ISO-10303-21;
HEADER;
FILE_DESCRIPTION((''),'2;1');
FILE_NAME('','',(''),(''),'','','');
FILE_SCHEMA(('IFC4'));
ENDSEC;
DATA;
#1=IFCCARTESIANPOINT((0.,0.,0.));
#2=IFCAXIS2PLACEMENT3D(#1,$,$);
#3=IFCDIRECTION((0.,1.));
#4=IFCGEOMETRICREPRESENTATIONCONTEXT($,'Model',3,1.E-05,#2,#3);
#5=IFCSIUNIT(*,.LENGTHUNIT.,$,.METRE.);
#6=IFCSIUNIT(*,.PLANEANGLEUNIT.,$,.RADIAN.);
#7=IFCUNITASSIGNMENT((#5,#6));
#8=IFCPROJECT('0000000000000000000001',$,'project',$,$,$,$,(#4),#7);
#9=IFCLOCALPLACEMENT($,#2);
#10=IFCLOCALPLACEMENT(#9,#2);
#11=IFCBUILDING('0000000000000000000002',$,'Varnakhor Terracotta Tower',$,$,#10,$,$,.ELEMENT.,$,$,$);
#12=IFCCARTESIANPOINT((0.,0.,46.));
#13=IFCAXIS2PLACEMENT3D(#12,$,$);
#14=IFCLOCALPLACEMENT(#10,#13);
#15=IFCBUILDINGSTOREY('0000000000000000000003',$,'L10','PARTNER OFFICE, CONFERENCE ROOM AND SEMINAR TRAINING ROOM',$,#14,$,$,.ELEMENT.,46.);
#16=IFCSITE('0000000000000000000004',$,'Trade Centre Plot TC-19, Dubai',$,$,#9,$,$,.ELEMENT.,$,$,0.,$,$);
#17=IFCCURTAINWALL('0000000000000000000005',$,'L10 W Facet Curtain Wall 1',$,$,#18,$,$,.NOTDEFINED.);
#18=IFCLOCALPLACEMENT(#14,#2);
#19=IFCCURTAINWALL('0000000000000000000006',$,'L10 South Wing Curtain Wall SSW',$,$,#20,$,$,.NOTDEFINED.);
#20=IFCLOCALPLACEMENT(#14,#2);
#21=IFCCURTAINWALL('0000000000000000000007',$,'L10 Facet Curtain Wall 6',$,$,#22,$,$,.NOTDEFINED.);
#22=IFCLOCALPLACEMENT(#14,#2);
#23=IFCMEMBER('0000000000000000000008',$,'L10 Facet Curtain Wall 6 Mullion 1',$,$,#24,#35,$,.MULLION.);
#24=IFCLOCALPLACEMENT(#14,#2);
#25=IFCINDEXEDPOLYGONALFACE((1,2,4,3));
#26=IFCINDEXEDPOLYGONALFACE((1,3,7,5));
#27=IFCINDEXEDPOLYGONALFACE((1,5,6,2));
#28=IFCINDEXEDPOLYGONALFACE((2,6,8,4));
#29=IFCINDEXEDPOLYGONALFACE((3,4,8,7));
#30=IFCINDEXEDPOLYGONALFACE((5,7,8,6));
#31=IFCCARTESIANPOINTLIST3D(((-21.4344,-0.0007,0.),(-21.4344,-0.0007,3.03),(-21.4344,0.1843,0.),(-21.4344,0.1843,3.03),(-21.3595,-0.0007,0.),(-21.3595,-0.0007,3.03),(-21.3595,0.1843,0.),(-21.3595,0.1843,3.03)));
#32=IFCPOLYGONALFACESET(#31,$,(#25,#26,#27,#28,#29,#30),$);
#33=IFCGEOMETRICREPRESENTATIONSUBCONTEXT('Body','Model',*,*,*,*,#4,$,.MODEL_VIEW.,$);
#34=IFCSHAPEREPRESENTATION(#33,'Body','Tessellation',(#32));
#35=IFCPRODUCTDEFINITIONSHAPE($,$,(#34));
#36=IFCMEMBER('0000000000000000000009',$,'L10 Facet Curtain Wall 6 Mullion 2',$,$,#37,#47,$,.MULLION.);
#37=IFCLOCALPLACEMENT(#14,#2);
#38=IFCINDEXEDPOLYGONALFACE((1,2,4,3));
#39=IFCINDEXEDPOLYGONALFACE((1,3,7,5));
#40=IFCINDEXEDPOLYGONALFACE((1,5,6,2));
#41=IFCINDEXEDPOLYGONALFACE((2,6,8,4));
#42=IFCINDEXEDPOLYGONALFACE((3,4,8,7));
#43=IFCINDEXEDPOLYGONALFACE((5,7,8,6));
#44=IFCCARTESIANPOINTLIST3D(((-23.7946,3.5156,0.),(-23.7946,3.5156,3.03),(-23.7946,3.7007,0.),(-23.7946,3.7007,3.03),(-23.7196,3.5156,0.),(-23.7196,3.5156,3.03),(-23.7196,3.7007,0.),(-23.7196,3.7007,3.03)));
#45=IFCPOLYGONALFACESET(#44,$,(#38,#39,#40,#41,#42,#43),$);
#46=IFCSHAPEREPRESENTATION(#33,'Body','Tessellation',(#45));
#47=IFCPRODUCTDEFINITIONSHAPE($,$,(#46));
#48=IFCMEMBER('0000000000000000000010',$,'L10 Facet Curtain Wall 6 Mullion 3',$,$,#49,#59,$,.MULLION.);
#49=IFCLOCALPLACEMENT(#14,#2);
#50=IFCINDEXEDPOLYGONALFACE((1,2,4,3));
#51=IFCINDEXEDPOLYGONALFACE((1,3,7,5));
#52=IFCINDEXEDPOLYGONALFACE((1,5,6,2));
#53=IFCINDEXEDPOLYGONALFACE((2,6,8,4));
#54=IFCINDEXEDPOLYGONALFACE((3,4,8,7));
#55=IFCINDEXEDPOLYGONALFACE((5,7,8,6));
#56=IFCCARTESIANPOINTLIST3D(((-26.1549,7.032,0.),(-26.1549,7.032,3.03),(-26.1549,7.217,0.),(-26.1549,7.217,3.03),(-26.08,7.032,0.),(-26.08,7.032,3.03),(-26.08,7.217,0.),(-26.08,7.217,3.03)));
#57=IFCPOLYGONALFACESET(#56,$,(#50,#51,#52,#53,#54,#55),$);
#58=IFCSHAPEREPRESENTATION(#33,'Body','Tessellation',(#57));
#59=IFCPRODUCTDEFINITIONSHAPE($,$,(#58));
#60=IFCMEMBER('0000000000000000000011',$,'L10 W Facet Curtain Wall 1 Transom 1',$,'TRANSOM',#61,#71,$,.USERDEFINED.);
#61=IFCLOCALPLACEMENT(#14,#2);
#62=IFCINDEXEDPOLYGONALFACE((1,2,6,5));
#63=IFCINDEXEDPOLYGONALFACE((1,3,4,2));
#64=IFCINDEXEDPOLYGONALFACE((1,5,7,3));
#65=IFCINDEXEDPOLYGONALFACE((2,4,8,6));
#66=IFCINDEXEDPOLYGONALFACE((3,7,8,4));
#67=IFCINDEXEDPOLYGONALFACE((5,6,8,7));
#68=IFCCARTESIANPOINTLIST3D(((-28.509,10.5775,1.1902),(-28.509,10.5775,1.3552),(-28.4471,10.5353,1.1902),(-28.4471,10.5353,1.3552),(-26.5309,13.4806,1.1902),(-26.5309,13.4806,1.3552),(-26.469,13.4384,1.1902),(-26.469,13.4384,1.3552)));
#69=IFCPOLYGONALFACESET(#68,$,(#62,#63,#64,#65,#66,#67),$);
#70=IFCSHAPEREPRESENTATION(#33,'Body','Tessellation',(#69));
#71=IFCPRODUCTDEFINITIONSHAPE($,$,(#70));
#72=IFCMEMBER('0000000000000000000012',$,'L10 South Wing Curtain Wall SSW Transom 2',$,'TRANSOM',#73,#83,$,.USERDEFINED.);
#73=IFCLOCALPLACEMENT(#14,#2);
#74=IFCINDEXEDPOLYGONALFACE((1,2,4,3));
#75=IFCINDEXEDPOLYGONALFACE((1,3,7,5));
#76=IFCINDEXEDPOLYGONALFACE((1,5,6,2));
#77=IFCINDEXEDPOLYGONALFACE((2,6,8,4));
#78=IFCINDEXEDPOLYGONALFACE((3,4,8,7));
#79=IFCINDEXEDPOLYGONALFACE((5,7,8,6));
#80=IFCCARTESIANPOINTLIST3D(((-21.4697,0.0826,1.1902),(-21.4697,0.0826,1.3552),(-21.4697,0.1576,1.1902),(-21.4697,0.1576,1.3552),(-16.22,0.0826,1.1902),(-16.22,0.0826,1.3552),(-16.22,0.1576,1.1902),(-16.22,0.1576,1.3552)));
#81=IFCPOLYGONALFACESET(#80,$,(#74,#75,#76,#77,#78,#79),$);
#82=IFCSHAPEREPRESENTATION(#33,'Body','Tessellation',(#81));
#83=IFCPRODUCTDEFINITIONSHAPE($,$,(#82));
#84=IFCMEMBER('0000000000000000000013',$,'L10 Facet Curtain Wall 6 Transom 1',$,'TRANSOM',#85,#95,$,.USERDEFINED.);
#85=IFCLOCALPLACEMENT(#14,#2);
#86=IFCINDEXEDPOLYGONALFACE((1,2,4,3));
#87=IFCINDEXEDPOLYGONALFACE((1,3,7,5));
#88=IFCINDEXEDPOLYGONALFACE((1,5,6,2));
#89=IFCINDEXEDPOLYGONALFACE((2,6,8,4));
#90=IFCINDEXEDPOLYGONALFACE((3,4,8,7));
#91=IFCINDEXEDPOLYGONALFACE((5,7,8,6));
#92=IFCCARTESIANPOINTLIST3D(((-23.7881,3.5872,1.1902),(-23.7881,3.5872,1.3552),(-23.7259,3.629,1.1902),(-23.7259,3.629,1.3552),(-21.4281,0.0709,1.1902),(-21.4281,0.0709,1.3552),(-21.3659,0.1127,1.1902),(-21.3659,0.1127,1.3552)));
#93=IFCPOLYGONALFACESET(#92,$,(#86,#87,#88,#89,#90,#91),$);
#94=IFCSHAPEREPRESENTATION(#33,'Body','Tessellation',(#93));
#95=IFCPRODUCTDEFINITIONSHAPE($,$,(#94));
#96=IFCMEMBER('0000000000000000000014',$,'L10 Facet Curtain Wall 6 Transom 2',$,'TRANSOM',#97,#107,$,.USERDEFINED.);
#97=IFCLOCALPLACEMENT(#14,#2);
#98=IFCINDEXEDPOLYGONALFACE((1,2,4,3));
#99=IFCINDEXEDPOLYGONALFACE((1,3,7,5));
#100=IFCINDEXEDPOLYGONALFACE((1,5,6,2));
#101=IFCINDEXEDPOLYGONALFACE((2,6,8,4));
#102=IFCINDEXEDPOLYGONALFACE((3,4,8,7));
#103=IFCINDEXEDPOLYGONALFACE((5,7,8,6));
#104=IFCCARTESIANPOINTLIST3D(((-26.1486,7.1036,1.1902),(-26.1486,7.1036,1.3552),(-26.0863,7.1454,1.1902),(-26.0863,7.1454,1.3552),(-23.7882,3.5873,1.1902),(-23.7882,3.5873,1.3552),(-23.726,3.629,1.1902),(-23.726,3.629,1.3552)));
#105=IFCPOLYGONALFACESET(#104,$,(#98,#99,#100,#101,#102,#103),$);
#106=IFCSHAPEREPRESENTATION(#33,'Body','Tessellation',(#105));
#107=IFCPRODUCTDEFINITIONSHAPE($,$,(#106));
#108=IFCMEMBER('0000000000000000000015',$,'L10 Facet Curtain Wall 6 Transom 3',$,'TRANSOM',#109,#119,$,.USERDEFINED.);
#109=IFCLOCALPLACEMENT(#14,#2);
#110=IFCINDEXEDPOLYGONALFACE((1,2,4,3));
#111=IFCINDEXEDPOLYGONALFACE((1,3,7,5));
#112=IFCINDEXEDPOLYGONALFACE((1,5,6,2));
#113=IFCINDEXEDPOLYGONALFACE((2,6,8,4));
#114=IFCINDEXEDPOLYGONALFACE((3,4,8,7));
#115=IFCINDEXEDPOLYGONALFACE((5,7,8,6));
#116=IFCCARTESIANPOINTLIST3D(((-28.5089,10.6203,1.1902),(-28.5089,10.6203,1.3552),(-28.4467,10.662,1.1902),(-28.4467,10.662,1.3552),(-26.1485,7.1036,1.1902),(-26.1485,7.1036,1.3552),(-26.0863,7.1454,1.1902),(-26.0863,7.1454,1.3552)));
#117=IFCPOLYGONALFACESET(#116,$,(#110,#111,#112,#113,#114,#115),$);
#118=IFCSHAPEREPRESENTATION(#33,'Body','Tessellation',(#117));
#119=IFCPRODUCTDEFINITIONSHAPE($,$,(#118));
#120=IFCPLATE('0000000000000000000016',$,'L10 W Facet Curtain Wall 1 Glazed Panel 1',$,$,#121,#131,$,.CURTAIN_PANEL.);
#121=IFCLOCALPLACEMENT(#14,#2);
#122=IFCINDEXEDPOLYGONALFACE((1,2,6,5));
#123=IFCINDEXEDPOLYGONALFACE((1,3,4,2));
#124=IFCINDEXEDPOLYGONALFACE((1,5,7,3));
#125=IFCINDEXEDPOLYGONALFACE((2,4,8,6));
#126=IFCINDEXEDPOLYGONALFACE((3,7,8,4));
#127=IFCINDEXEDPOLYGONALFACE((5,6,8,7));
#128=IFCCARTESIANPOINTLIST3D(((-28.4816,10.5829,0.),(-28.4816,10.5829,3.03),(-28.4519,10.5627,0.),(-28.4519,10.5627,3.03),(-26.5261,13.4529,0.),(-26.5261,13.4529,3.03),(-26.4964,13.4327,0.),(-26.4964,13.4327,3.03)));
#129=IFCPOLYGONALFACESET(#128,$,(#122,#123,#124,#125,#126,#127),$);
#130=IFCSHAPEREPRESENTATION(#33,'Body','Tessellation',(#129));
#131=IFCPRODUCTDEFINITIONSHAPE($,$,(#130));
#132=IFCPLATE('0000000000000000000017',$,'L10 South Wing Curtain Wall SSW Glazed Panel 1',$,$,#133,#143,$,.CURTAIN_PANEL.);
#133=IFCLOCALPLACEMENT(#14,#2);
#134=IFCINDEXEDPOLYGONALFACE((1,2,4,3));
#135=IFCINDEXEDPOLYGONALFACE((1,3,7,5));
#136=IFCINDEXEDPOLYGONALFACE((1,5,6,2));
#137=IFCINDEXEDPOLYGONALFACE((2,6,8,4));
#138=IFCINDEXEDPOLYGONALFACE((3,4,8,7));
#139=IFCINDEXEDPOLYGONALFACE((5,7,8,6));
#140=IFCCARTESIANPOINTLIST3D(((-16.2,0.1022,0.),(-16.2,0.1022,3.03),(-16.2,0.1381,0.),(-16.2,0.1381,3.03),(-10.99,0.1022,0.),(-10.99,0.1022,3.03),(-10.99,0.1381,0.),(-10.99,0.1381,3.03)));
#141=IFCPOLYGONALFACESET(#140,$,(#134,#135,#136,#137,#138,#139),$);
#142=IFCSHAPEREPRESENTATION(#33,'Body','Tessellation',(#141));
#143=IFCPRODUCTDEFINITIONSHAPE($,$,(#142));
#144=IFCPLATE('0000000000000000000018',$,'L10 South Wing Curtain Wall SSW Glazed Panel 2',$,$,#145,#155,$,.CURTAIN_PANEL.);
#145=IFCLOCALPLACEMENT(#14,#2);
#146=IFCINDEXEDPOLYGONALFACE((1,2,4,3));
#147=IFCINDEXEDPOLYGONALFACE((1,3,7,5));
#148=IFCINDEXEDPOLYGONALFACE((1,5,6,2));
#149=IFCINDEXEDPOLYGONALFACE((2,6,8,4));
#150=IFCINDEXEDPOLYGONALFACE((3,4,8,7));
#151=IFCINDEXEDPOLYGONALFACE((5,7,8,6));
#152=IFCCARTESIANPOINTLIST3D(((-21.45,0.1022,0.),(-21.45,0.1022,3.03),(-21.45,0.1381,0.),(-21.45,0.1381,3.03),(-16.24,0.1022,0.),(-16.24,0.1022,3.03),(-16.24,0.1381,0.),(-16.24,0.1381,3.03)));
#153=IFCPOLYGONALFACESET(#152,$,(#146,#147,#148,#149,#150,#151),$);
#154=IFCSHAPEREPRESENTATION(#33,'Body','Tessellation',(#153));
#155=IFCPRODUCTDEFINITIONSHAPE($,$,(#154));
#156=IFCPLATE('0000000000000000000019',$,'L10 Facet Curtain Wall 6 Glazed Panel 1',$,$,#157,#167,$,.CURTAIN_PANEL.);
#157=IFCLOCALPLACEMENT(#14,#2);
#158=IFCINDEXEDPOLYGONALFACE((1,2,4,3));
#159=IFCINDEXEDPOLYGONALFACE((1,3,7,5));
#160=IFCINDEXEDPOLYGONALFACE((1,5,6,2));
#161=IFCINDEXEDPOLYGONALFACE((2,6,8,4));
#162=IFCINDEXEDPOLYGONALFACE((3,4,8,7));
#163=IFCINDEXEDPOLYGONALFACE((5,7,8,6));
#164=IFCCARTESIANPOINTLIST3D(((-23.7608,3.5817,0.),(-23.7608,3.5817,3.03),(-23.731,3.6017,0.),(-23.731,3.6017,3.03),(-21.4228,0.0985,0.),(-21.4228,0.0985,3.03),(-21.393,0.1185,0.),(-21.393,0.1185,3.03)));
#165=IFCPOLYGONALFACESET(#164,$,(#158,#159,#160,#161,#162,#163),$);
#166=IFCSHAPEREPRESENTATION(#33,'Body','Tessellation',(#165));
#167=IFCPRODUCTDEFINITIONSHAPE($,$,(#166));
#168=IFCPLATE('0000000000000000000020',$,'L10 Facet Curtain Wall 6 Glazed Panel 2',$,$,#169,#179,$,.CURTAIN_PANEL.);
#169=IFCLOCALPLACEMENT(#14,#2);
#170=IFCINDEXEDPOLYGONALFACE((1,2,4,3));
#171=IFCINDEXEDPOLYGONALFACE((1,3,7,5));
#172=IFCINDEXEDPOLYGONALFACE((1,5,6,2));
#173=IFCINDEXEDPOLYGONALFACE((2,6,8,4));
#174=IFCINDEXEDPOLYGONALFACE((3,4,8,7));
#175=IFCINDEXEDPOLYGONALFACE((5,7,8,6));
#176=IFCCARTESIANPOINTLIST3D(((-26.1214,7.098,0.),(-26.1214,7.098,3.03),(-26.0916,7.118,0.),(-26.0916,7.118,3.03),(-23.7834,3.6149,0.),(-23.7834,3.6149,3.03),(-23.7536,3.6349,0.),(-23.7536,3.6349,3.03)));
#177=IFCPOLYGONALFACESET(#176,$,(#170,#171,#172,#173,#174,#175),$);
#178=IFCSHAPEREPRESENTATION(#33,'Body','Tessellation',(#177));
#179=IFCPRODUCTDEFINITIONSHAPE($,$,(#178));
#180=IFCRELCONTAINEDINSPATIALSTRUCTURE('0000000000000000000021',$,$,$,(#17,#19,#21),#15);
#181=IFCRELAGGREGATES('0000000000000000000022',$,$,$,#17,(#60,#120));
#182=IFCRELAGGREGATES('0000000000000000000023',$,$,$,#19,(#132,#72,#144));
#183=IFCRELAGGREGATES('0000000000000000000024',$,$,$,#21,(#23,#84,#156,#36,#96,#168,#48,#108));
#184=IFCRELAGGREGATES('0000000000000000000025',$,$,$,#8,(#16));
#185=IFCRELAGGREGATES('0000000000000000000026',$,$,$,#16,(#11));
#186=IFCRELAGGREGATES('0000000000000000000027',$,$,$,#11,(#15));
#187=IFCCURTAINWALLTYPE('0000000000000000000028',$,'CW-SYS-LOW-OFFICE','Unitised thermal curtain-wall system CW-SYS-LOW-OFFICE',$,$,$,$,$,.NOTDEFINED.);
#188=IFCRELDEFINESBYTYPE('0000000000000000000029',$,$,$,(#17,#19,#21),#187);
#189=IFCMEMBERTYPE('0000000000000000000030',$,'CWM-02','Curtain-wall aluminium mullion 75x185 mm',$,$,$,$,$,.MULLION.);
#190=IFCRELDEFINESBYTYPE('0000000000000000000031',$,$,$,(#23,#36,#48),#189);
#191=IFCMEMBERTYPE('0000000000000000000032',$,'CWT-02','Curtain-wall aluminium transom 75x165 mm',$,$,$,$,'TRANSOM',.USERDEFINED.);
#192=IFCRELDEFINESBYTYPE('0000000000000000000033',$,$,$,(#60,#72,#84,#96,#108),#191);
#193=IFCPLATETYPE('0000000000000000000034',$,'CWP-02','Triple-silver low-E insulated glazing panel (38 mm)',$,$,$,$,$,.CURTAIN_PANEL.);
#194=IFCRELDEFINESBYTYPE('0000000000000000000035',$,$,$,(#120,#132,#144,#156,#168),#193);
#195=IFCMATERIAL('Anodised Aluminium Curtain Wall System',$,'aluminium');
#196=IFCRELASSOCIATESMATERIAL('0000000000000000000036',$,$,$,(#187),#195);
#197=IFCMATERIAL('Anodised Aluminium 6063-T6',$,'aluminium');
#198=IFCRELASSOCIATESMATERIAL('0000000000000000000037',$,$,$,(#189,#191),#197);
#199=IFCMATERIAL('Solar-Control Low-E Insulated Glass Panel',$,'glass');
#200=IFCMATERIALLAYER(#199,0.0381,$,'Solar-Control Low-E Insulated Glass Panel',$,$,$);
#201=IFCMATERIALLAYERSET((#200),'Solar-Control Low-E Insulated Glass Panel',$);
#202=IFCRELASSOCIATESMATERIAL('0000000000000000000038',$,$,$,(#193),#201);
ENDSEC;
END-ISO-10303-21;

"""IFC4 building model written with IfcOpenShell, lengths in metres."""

from ifc_helpers import new_model, si_unit, direction, frame, origin, origin_2d, place, context, subcontext, project, spatial, rectangle, extrude, source, transform, mapped, material, layer, layer_set, material_profile, profile_set, type_object, type_shapes, element, aggregate, save


model = new_model("IFC4")

# Units and contexts
model_context = context("Model", 3, precision=1e-05, world=origin(), true_north=direction((0.0, 1.0)))
body_context = subcontext(model_context, "Body", "Model", "MODEL_VIEW")
ifc_project = project(units=[si_unit("LENGTHUNIT", "METRE"), si_unit("PLANEANGLEUNIT", "RADIAN")], contexts=[model_context])

# Site, building, storey
site_placement = place(None, origin())
site = spatial("IfcSite", under=ifc_project, at=site_placement, Name="Trade Centre Plot TC-19, Dubai", CompositionType="ELEMENT", RefElevation=0.0)
building_placement = place(site_placement, origin())
building = spatial("IfcBuilding", under=site, at=building_placement, Name="Varnakhor Terracotta Tower", CompositionType="ELEMENT")
storey_placement = place(building_placement, frame((0.0, 0.0, 46.0)))
storey = spatial("IfcBuildingStorey", under=building, at=storey_placement, Name="L10", Description="PARTNER OFFICE, CONFERENCE ROOM AND SEMINAR TRAINING ROOM", CompositionType="ELEMENT", Elevation=46.0)

# Curtain wall
ifc_material_1 = material(Name="Anodised Aluminium Curtain Wall System", Category="aluminium")
curtain_wall_type = type_object("IfcCurtainWallType", Name="CW-SYS-LOW-OFFICE", Description="Unitised thermal curtain-wall system CW-SYS-LOW-OFFICE", PredefinedType="NOTDEFINED", material=ifc_material_1)
curtain_wall_1_placement = place(storey_placement, origin())
curtain_wall_1 = element("IfcCurtainWall", 1, at=curtain_wall_1_placement, inside=storey, type_object=curtain_wall_type, Name="L10 W Facet Curtain Wall 1", PredefinedType="NOTDEFINED")
ifc_material_2 = material(Name="Anodised Aluminium 6063-T6", Category="aluminium")
ifc_material_profile_1 = material_profile(ifc_material_2, rectangle(XDim=0.075, YDim=0.1851, at=origin_2d()), Name="ALU MULLION 75x185")
ifc_profile_set_1 = profile_set([ifc_material_profile_1], Name="Anodised Aluminium 6063-T6")
member_type_1 = type_object("IfcMemberType", Name="CWM-02", Description="Curtain-wall aluminium mullion 75x185 mm", PredefinedType="MULLION", material=ifc_profile_set_1)
shared_shape_1 = source(origin(), body_context, "Body", "SweptSolid", [
    extrude(rectangle(XDim=0.075, YDim=0.1851, at=origin_2d()), origin(), (0.0, 0.0, 1.0), 3.03),
])
type_shapes(member_type_1, [shared_shape_1])

# Curtain walls, members
curtain_wall_2_placement = place(storey_placement, origin())
curtain_wall_2 = element("IfcCurtainWall", 2, at=curtain_wall_2_placement, inside=storey, type_object=curtain_wall_type, Name="L10 South Wing Curtain Wall SSW", PredefinedType="NOTDEFINED")
curtain_wall_3_placement = place(storey_placement, origin())
curtain_wall_3 = element("IfcCurtainWall", 3, at=curtain_wall_3_placement, inside=storey, type_object=curtain_wall_type, Name="L10 Facet Curtain Wall 6", PredefinedType="NOTDEFINED")
member_1_placement = place(storey_placement, frame((-21.397, 0.0918, 0.0), z_axis=(0.0, 0.0, 1.0), x_axis=(1.0, 0.0, 0.0)))
member_1 = element("IfcMember", 4, at=member_1_placement, type_object=member_type_1, Name="L10 Facet Curtain Wall 6 Mullion 1", PredefinedType="MULLION", context=body_context, shape_type="MappedRepresentation", body=[
    mapped(shared_shape_1, transform((0.0, 0.0, 0.0), scale=1.0)),
])
member_2_placement = place(storey_placement, frame((-23.7571, 3.6082, 0.0), z_axis=(0.0, 0.0, 1.0), x_axis=(1.0, 0.0, 0.0)))
member_2 = element("IfcMember", 5, at=member_2_placement, type_object=member_type_1, Name="L10 Facet Curtain Wall 6 Mullion 2", PredefinedType="MULLION", context=body_context, shape_type="MappedRepresentation", body=[
    mapped(shared_shape_1, transform((0.0, 0.0, 0.0), scale=1.0)),
])
member_3_placement = place(storey_placement, frame((-26.1174, 7.1245, 0.0), z_axis=(0.0, 0.0, 1.0), x_axis=(1.0, 0.0, 0.0)))
member_3 = element("IfcMember", 6, at=member_3_placement, type_object=member_type_1, Name="L10 Facet Curtain Wall 6 Mullion 3", PredefinedType="MULLION", context=body_context, shape_type="MappedRepresentation", body=[
    mapped(shared_shape_1, transform((0.0, 0.0, 0.0), scale=1.0)),
])

# Members
ifc_material_profile_2 = material_profile(ifc_material_2, rectangle(XDim=0.075, YDim=0.165, at=origin_2d()), Name="ALU TRANSOM 75x165")
ifc_profile_set_2 = profile_set([ifc_material_profile_2], Name="Anodised Aluminium 6063-T6")
member_type_2 = type_object("IfcMemberType", Name="CWT-02", Description="Curtain-wall aluminium transom 75x165 mm", ElementType="TRANSOM", PredefinedType="USERDEFINED", material=ifc_profile_set_2)
shared_shape_2 = source(origin(), body_context, "Body", "SweptSolid", [
    extrude(rectangle(XDim=0.075, YDim=0.165, at=origin_2d()), origin(), (0.0, 0.0, 1.0), 3.5129),
])
member_4_placement = place(storey_placement, frame((-28.478, 10.5564, 1.2727), z_axis=(0.563076, 0.826405, 0.0), x_axis=(-0.826405, 0.563076, 0.0)))
member_4 = element("IfcMember", 7, at=member_4_placement, type_object=member_type_2, Name="L10 W Facet Curtain Wall 1 Transom 1", ObjectType="TRANSOM", PredefinedType="USERDEFINED", context=body_context, shape_type="MappedRepresentation", body=[
    mapped(shared_shape_2, transform((0.0, 0.0, 0.0), scale=1.0)),
])
shared_shape_3 = source(origin(), body_context, "Body", "SweptSolid", [
    extrude(rectangle(XDim=0.075, YDim=0.165, at=origin_2d()), origin(), (0.0, 0.0, 1.0), 5.2498),
])
member_5_placement = place(storey_placement, frame((-16.22, 0.1201, 1.2727), z_axis=(-1.0, 0.0, 0.0), x_axis=(0.0, -1.0, 0.0)))
member_5 = element("IfcMember", 8, at=member_5_placement, type_object=member_type_2, Name="L10 South Wing Curtain Wall SSW Transom 2", ObjectType="TRANSOM", PredefinedType="USERDEFINED", context=body_context, shape_type="MappedRepresentation", body=[
    mapped(shared_shape_3, transform((0.0, 0.0, 0.0), scale=1.0)),
])
shared_shape_4 = source(origin(), body_context, "Body", "SweptSolid", [
    extrude(rectangle(XDim=0.075, YDim=0.165, at=origin_2d()), origin(), (0.0, 0.0, 1.0), 4.2349),
])
member_6_placement = place(storey_placement, frame((-21.397, 0.0918, 1.2727), z_axis=(-0.557292, 0.830317, 0.0), x_axis=(-0.830317, -0.557292, 0.0)))
member_6 = element("IfcMember", 9, at=member_6_placement, type_object=member_type_2, Name="L10 Facet Curtain Wall 6 Transom 1", ObjectType="TRANSOM", PredefinedType="USERDEFINED", context=body_context, shape_type="MappedRepresentation", body=[
    mapped(shared_shape_4, transform((0.0, 0.0, 0.0), scale=1.0)),
])
shared_shape_5 = source(origin(), body_context, "Body", "SweptSolid", [
    extrude(rectangle(XDim=0.075, YDim=0.165, at=origin_2d()), origin(), (0.0, 0.0, 1.0), 4.2351),
])
member_7_placement = place(storey_placement, frame((-23.7571, 3.6082, 1.2727), z_axis=(-0.557331, 0.83029, 0.0), x_axis=(-0.83029, -0.557331, 0.0)))
member_7 = element("IfcMember", 10, at=member_7_placement, type_object=member_type_2, Name="L10 Facet Curtain Wall 6 Transom 2", ObjectType="TRANSOM", PredefinedType="USERDEFINED", context=body_context, shape_type="MappedRepresentation", body=[
    mapped(shared_shape_5, transform((0.0, 0.0, 0.0), scale=1.0)),
])
shared_shape_6 = source(origin(), body_context, "Body", "SweptSolid", [
    extrude(rectangle(XDim=0.075, YDim=0.165, at=origin_2d()), origin(), (0.0, 0.0, 1.0), 4.2354),
])
member_8_placement = place(storey_placement, frame((-26.1174, 7.1245, 1.2727), z_axis=(-0.557305, 0.830308, 0.0), x_axis=(-0.830308, -0.557305, 0.0)))
member_8 = element("IfcMember", 11, at=member_8_placement, type_object=member_type_2, Name="L10 Facet Curtain Wall 6 Transom 3", ObjectType="TRANSOM", PredefinedType="USERDEFINED", context=body_context, shape_type="MappedRepresentation", body=[
    mapped(shared_shape_6, transform((0.0, 0.0, 0.0), scale=1.0)),
])

# Plates
ifc_material_3 = material(Name="Solar-Control Low-E Insulated Glass Panel", Category="glass")
ifc_layer_1 = layer(ifc_material_3, 0.0381, Name="Solar-Control Low-E Insulated Glass Panel")
ifc_layer_set_1 = layer_set([ifc_layer_1], Name="Solar-Control Low-E Insulated Glass Panel")
plate_type = type_object("IfcPlateType", Name="CWP-02", Description="Triple-silver low-E insulated glazing panel (38 mm)", PredefinedType="CURTAIN_PANEL", material=ifc_layer_set_1)
shared_shape_7 = source(origin(), body_context, "Body", "SweptSolid", [
    extrude(rectangle(XDim=3.4729, YDim=0.0359, at=origin_2d()), origin(), (0.0, 0.0, 1.0), 3.03),
])
plate_1_placement = place(storey_placement, frame((-27.489, 12.0078, 0.0), z_axis=(0.0, 0.0, 1.0), x_axis=(0.563079, 0.826403, 0.0)))
plate_1 = element("IfcPlate", 12, at=plate_1_placement, type_object=plate_type, Name="L10 W Facet Curtain Wall 1 Glazed Panel 1", PredefinedType="CURTAIN_PANEL", context=body_context, shape_type="MappedRepresentation", body=[
    mapped(shared_shape_7, transform((0.0, 0.0, 0.0), scale=1.0)),
])
aggregate(curtain_wall_1, [member_4, plate_1])
shared_shape_8 = source(origin(), body_context, "Body", "SweptSolid", [
    extrude(rectangle(XDim=5.21, YDim=0.0359, at=origin_2d()), origin(), (0.0, 0.0, 1.0), 3.03),
])
plate_2_placement = place(storey_placement, frame((-13.595, 0.1201, 0.0), z_axis=(0.0, 0.0, 1.0), x_axis=(-1.0, 0.0, 0.0)))
plate_2 = element("IfcPlate", 13, at=plate_2_placement, type_object=plate_type, Name="L10 South Wing Curtain Wall SSW Glazed Panel 1", PredefinedType="CURTAIN_PANEL", context=body_context, shape_type="MappedRepresentation", body=[
    mapped(shared_shape_8, transform((0.0, 0.0, 0.0), scale=1.0)),
])
plate_3_placement = place(storey_placement, frame((-18.845, 0.1201, 0.0), z_axis=(0.0, 0.0, 1.0), x_axis=(-1.0, 0.0, 0.0)))
plate_3 = element("IfcPlate", 14, at=plate_3_placement, type_object=plate_type, Name="L10 South Wing Curtain Wall SSW Glazed Panel 2", PredefinedType="CURTAIN_PANEL", context=body_context, shape_type="MappedRepresentation", body=[
    mapped(shared_shape_8, transform((0.0, 0.0, 0.0), scale=1.0)),
])
aggregate(curtain_wall_2, [plate_2, member_5, plate_3])
shared_shape_9 = source(origin(), body_context, "Body", "SweptSolid", [
    extrude(rectangle(XDim=4.1951, YDim=0.0359, at=origin_2d()), origin(), (0.0, 0.0, 1.0), 3.03),
])
plate_4_placement = place(storey_placement, frame((-22.5769, 1.8501, 0.0), z_axis=(0.0, 0.0, 1.0), x_axis=(-0.55731, 0.830304, 0.0)))
plate_4 = element("IfcPlate", 15, at=plate_4_placement, type_object=plate_type, Name="L10 Facet Curtain Wall 6 Glazed Panel 1", PredefinedType="CURTAIN_PANEL", context=body_context, shape_type="MappedRepresentation", body=[
    mapped(shared_shape_9, transform((0.0, 0.0, 0.0), scale=1.0)),
])
plate_5_placement = place(storey_placement, frame((-24.9375, 5.3665, 0.0), z_axis=(0.0, 0.0, 1.0), x_axis=(-0.55731, 0.830304, 0.0)))
plate_5 = element("IfcPlate", 16, at=plate_5_placement, type_object=plate_type, Name="L10 Facet Curtain Wall 6 Glazed Panel 2", PredefinedType="CURTAIN_PANEL", context=body_context, shape_type="MappedRepresentation", body=[
    mapped(shared_shape_9, transform((0.0, 0.0, 0.0), scale=1.0)),
])
aggregate(curtain_wall_3, [member_1, member_6, plate_4, member_2, member_7, plate_5, member_3, member_8])

save(model, "model.ifc")
